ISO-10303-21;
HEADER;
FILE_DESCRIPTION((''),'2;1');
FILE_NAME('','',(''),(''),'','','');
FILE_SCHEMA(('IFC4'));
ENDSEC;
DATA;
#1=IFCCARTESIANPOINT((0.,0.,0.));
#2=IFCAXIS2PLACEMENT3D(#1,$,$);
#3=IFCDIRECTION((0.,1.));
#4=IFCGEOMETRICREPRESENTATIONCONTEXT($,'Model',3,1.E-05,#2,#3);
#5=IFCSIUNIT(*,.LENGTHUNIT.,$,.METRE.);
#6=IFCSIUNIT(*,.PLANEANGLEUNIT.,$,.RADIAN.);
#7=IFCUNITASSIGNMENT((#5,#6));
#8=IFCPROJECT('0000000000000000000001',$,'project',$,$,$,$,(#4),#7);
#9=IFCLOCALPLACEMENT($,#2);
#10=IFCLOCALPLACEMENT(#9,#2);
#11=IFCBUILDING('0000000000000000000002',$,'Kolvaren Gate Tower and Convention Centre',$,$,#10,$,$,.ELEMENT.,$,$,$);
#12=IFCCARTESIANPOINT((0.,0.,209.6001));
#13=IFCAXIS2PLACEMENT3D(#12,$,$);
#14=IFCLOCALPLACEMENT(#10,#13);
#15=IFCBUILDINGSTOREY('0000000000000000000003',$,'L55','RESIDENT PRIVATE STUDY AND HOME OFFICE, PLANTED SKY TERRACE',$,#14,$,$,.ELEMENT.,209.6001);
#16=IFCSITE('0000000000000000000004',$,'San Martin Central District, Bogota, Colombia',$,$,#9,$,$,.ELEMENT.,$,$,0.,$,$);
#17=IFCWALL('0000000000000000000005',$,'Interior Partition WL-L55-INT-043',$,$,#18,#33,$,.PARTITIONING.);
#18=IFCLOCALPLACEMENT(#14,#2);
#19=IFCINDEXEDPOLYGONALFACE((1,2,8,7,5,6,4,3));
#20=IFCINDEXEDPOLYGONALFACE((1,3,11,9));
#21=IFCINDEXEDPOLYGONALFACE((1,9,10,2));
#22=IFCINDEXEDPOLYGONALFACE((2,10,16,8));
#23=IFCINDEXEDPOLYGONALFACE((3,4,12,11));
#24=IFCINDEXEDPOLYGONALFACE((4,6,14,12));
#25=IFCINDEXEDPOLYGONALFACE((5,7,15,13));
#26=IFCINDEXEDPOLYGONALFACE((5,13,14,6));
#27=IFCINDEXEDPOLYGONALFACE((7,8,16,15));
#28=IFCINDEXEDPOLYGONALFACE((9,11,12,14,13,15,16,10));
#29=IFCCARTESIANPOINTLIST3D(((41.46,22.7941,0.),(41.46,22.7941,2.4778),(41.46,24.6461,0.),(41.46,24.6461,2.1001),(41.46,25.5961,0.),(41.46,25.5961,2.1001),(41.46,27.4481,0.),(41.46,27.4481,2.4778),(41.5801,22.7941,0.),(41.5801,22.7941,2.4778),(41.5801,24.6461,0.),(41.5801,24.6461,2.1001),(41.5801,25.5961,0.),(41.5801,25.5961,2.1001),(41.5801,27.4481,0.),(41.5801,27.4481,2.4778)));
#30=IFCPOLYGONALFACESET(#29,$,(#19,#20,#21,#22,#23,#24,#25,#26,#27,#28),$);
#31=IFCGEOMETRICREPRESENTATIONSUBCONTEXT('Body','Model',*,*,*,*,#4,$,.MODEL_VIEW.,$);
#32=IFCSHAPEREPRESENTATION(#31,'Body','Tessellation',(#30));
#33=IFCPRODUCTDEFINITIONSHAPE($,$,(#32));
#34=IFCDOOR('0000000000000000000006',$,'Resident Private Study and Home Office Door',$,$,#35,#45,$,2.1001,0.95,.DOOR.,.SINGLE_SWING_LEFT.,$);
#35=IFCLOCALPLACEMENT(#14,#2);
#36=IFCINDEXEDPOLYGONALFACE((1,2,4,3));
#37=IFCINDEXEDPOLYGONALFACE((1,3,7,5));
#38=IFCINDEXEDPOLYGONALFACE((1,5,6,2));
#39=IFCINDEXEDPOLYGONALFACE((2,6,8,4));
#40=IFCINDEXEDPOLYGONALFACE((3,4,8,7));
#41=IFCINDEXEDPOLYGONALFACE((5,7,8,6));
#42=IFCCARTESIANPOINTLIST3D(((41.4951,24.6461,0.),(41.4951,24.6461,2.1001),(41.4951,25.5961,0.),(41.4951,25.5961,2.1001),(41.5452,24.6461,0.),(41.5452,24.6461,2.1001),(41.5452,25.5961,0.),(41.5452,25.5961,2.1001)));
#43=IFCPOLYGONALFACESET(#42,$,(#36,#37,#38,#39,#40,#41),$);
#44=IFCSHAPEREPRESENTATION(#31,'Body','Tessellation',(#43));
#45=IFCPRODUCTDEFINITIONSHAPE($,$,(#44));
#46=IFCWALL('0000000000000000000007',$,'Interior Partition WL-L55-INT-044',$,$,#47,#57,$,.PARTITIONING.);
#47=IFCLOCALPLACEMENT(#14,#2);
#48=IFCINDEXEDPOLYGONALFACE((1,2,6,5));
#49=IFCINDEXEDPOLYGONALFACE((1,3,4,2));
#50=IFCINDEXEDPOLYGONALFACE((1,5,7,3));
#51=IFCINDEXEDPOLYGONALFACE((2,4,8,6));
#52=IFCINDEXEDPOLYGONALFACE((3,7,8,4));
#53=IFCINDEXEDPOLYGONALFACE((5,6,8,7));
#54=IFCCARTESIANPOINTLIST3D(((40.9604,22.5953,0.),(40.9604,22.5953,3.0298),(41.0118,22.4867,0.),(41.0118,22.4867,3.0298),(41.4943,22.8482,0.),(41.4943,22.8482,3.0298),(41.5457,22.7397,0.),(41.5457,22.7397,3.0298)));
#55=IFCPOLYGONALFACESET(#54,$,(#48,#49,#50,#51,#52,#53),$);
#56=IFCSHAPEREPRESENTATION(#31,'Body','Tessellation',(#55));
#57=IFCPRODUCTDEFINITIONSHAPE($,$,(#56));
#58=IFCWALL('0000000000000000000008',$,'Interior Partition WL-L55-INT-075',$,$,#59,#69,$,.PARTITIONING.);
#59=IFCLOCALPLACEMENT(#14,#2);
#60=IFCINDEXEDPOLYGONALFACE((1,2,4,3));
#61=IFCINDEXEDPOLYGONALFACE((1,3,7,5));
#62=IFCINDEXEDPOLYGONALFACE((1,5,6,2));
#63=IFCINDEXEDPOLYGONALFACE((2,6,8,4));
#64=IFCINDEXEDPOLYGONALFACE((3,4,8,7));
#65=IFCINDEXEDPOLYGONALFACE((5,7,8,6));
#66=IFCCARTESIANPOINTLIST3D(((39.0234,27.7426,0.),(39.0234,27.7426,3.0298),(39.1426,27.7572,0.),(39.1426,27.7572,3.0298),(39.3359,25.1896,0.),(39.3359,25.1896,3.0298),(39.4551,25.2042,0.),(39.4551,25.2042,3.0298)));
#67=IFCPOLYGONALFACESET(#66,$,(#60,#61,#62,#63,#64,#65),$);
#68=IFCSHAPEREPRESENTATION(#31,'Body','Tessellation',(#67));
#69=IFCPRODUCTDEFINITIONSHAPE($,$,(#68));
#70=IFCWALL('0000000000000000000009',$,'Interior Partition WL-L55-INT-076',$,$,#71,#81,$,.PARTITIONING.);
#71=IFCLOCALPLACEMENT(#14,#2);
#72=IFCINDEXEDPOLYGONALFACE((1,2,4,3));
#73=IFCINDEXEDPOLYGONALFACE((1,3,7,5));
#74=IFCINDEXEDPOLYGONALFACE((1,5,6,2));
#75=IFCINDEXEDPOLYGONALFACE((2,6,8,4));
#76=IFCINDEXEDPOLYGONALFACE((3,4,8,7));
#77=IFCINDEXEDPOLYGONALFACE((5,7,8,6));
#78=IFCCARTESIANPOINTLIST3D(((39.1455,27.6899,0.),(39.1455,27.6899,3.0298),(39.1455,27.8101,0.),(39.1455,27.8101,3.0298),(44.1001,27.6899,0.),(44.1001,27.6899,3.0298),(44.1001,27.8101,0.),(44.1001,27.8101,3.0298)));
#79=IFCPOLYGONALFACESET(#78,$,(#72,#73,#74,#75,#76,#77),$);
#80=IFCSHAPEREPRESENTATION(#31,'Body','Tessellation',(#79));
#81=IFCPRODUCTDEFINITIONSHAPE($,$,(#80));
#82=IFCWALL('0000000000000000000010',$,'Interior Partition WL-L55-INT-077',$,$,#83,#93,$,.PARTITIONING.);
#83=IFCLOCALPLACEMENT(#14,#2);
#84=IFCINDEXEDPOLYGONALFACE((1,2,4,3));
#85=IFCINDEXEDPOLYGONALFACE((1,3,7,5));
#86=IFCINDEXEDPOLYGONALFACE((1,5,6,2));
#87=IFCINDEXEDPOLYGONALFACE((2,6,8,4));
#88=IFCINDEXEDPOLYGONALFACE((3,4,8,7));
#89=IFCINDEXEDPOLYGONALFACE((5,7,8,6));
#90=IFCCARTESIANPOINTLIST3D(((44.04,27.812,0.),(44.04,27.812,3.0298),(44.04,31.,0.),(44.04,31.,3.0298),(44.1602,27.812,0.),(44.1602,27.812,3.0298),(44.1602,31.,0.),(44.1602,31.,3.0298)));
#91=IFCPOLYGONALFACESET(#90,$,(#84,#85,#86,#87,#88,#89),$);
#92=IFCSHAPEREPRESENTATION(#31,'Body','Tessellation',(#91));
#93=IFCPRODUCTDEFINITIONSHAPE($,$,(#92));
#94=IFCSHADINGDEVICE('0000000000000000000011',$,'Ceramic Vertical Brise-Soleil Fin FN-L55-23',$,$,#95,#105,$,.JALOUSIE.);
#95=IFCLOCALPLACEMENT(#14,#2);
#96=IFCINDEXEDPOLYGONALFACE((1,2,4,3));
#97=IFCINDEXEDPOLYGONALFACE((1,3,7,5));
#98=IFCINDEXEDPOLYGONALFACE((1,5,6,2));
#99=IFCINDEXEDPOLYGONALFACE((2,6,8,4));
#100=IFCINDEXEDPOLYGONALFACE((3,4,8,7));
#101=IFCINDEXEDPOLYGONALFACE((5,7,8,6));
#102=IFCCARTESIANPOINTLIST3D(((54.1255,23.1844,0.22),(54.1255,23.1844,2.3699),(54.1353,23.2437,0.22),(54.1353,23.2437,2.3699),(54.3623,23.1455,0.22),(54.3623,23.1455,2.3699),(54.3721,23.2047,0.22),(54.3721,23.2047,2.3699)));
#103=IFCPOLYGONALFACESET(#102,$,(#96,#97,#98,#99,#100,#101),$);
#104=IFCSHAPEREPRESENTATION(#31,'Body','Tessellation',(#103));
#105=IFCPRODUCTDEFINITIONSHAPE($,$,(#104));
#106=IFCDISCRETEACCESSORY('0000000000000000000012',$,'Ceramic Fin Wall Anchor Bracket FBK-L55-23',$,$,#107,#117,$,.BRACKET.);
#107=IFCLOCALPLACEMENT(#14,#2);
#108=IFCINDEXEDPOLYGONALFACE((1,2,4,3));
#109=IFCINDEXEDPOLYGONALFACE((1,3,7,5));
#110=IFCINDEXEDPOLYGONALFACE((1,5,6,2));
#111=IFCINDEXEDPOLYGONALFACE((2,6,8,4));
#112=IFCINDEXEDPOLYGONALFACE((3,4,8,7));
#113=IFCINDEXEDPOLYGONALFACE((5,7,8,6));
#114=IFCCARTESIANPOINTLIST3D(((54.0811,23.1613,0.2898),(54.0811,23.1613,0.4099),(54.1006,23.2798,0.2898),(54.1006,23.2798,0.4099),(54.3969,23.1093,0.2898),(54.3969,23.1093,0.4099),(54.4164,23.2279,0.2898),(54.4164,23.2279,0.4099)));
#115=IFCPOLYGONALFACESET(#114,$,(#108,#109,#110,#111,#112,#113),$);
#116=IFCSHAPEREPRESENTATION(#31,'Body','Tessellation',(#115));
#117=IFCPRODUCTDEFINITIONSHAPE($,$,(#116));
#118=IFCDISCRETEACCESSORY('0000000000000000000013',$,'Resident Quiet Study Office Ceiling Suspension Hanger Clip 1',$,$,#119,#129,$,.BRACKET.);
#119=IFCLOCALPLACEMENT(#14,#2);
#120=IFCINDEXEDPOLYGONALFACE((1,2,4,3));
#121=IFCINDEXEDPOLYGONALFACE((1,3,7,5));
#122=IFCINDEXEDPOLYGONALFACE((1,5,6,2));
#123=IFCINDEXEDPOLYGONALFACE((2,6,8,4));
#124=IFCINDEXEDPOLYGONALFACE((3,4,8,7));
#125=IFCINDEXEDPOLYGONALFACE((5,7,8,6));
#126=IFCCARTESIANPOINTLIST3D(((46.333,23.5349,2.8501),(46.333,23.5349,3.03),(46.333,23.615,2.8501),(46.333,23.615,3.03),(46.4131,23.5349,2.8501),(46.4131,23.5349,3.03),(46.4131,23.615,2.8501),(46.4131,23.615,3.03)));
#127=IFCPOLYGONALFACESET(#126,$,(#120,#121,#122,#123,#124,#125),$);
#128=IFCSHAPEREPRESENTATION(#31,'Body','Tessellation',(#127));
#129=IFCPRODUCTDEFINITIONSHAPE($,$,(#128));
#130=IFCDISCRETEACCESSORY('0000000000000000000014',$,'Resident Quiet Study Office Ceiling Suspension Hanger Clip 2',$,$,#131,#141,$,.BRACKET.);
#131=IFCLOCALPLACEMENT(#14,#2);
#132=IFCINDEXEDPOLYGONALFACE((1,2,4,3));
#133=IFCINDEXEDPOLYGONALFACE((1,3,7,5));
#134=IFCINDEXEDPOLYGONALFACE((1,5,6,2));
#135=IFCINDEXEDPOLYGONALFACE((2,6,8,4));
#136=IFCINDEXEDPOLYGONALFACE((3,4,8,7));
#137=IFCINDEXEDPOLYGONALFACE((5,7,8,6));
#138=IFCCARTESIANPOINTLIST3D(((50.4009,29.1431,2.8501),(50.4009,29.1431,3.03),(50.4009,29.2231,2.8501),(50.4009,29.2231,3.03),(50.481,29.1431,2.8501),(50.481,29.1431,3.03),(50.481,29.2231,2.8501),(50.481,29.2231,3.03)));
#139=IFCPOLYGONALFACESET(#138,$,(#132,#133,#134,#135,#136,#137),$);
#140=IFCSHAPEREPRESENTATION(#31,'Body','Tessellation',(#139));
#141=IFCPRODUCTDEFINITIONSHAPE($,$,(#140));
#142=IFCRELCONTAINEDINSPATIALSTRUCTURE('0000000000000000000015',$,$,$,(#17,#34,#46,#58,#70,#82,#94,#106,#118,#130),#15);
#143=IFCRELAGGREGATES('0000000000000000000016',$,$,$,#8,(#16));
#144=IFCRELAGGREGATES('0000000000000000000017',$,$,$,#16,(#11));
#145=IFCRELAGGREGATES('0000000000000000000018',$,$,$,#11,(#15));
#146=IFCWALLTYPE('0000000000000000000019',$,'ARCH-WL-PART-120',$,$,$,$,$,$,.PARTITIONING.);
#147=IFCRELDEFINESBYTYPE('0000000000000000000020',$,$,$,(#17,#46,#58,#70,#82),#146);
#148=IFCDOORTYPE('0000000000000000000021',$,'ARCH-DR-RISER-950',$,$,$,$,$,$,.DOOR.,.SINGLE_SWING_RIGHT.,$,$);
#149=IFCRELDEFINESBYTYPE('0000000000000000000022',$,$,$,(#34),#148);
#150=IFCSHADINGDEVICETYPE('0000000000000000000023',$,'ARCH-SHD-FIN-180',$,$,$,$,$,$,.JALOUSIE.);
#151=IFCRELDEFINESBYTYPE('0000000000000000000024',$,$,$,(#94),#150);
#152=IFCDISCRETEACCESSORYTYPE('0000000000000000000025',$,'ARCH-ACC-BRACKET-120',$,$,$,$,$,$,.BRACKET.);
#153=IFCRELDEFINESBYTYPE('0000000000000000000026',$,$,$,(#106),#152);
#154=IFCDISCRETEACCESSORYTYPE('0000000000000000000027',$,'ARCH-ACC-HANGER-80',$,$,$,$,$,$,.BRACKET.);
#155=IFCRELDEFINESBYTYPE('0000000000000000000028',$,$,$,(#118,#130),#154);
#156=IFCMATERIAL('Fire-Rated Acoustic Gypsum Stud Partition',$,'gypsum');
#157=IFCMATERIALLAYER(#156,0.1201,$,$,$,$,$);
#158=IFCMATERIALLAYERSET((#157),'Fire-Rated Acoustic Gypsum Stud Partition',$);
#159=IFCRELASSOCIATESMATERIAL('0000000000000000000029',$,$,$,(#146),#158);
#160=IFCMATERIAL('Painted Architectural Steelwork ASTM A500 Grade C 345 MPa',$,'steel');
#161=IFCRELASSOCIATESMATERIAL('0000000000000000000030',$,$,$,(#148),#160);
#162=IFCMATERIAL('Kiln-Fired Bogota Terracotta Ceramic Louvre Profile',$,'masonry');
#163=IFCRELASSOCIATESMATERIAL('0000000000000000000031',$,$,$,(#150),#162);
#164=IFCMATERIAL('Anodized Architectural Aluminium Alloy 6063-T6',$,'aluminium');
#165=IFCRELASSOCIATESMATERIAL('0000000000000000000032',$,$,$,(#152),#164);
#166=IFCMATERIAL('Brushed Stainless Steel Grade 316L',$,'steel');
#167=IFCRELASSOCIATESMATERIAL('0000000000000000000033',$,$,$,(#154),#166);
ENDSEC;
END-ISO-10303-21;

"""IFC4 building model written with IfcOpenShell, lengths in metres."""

from ifc_helpers import new_model, si_unit, direction, frame, frame_2d, origin, origin_2d, place, context, subcontext, project, spatial, rectangle, extrude, material, layer, layer_set, type_object, element, fill, save


model = new_model("IFC4")

# Units and contexts
model_context = context("Model", 3, precision=1e-05, world=origin(), true_north=direction((0.0, 1.0)))
body_context = subcontext(model_context, "Body", "Model", "MODEL_VIEW")
ifc_project = project(units=[si_unit("LENGTHUNIT", "METRE"), si_unit("PLANEANGLEUNIT", "RADIAN")], contexts=[model_context])

# Site, building, storey
site_placement = place(None, origin())
site = spatial("IfcSite", under=ifc_project, at=site_placement, Name="San Martin Central District, Bogota, Colombia", CompositionType="ELEMENT", RefElevation=0.0)
building_placement = place(site_placement, origin())
building = spatial("IfcBuilding", under=site, at=building_placement, Name="Kolvaren Gate Tower and Convention Centre", CompositionType="ELEMENT")
storey_placement = place(building_placement, frame((0.0, 0.0, 209.6001)))
storey = spatial("IfcBuildingStorey", under=building, at=storey_placement, Name="L55", Description="RESIDENT PRIVATE STUDY AND HOME OFFICE, PLANTED SKY TERRACE", CompositionType="ELEMENT", Elevation=209.6001)

# Shared definitions
ifc_material_1 = material(Name="Fire-Rated Acoustic Gypsum Stud Partition", Category="gypsum")
ifc_layer = layer(ifc_material_1, 0.1201)
ifc_layer_set = layer_set([ifc_layer], Name="Fire-Rated Acoustic Gypsum Stud Partition")
wall_type = type_object("IfcWallType", Name="ARCH-WL-PART-120", PredefinedType="PARTITIONING", material=ifc_layer_set)

# Wall, opening, door
wall_1_placement = place(storey_placement, frame((41.52, 22.7939, 0.0), z_axis=(0.0, 0.0, 1.0), x_axis=(0.0, 1.0, 0.0)))
wall_1 = element("IfcWall", 1, at=wall_1_placement, inside=storey, type_object=wall_type, Name="Interior Partition WL-L55-INT-043", PredefinedType="PARTITIONING", context=body_context, shape_type="SweptSolid", body=[
    extrude(rectangle(XDim=4.6541, YDim=0.1201, at=frame_2d((2.3271, 0.0))), origin(), (0.0, 0.0, 1.0), 2.4778),
])
opening_placement = place(wall_1_placement, frame((1.8521, 0.0, 0.0)))
opening = element("IfcOpeningElement", 2, at=opening_placement, cuts=wall_1, PredefinedType="OPENING", context=body_context, shape_type="SweptSolid", body=[
    extrude(rectangle(XDim=0.95, YDim=2.1001, at=frame_2d((0.4751, 1.05))), frame((0.0, 0.0701, 0.0), z_axis=(0.0, -1.0, 0.0), x_axis=(1.0, 0.0, 0.0)), (0.0, 0.0, 1.0), 0.1401),
])
ifc_material_2 = material(Name="Painted Architectural Steelwork ASTM A500 Grade C 345 MPa", Category="steel")
door_type = type_object("IfcDoorType", Name="ARCH-DR-RISER-950", OperationType="SINGLE_SWING_RIGHT", PredefinedType="DOOR", material=ifc_material_2)
door_placement = place(opening_placement, origin())
door = element("IfcDoor", 3, at=door_placement, inside=storey, type_object=door_type, Name="Resident Private Study and Home Office Door", OperationType="SINGLE_SWING_LEFT", OverallHeight=2.1001, OverallWidth=0.95, PredefinedType="DOOR", context=body_context, shape_type="SweptSolid", body=[
    extrude(rectangle(XDim=0.95, YDim=2.1001, at=frame_2d((0.4751, 1.05))), frame((0.0, 0.0249, 0.0), z_axis=(0.0, -1.0, 0.0), x_axis=(1.0, 0.0, 0.0)), (0.0, 0.0, 1.0), 0.05),
])
fill(opening, door)

# Walls
wall_2_placement = place(storey_placement, frame((40.9861, 22.541, 0.0), z_axis=(0.0, 0.0, 1.0), x_axis=(0.903729, 0.428104, 0.0)))
element("IfcWall", 4, at=wall_2_placement, inside=storey, type_object=wall_type, Name="Interior Partition WL-L55-INT-044", PredefinedType="PARTITIONING", context=body_context, shape_type="SweptSolid", body=[
    extrude(rectangle(XDim=0.5908, YDim=0.1201, at=frame_2d((0.2954, 0.0))), origin(), (0.0, 0.0, 1.0), 3.0298),
])
wall_3_placement = place(storey_placement, frame((39.083, 27.75, 0.0), z_axis=(0.0, 0.0, 1.0), x_axis=(0.121499, -0.992592, 0.0)))
element("IfcWall", 5, at=wall_3_placement, inside=storey, type_object=wall_type, Name="Interior Partition WL-L55-INT-075", PredefinedType="PARTITIONING", context=body_context, shape_type="SweptSolid", body=[
    extrude(rectangle(XDim=2.572, YDim=0.1201, at=frame_2d((1.2861, 0.0))), origin(), (0.0, 0.0, 1.0), 3.0298),
])
wall_4_placement = place(storey_placement, frame((39.1455, 27.75, 0.0), z_axis=(0.0, 0.0, 1.0), x_axis=(1.0, 0.0, 0.0)))
element("IfcWall", 6, at=wall_4_placement, inside=storey, type_object=wall_type, Name="Interior Partition WL-L55-INT-076", PredefinedType="PARTITIONING", context=body_context, shape_type="SweptSolid", body=[
    extrude(rectangle(XDim=4.9546, YDim=0.1201, at=frame_2d((2.4773, 0.0))), origin(), (0.0, 0.0, 1.0), 3.0298),
])
wall_5_placement = place(storey_placement, frame((44.1001, 27.812, 0.0), z_axis=(0.0, 0.0, 1.0), x_axis=(0.0, 1.0, 0.0)))
element("IfcWall", 7, at=wall_5_placement, inside=storey, type_object=wall_type, Name="Interior Partition WL-L55-INT-077", PredefinedType="PARTITIONING", context=body_context, shape_type="SweptSolid", body=[
    extrude(rectangle(XDim=3.188, YDim=0.1201, at=frame_2d((1.594, 0.0))), origin(), (0.0, 0.0, 1.0), 3.0298),
])

# Shading device
ifc_material_3 = material(Name="Kiln-Fired Bogota Terracotta Ceramic Louvre Profile", Category="masonry")
shading_device_type = type_object("IfcShadingDeviceType", Name="ARCH-SHD-FIN-180", PredefinedType="JALOUSIE", material=ifc_material_3)
shading_device_placement = place(storey_placement, frame((54.2488, 23.1946, 0.22), z_axis=(0.0, 0.0, 1.0), x_axis=(0.162375, 0.986729, 0.0)))
element("IfcShadingDevice", 8, at=shading_device_placement, inside=storey, type_object=shading_device_type, Name="Ceramic Vertical Brise-Soleil Fin FN-L55-23", PredefinedType="JALOUSIE", context=body_context, shape_type="SweptSolid", body=[
    extrude(rectangle(XDim=0.0601, YDim=0.24, at=origin_2d()), origin(), (0.0, 0.0, 1.0), 2.1499),
])

# Discrete accessories
ifc_material_4 = material(Name="Anodized Architectural Aluminium Alloy 6063-T6", Category="aluminium")
discrete_accessory_type_1 = type_object("IfcDiscreteAccessoryType", Name="ARCH-ACC-BRACKET-120", PredefinedType="BRACKET", material=ifc_material_4)
discrete_accessory_placement = place(storey_placement, frame((54.2488, 23.1946, 0.2898), z_axis=(0.0, 0.0, 1.0), x_axis=(0.162375, 0.986729, 0.0)))
element("IfcDiscreteAccessory", 9, at=discrete_accessory_placement, inside=storey, type_object=discrete_accessory_type_1, Name="Ceramic Fin Wall Anchor Bracket FBK-L55-23", PredefinedType="BRACKET", context=body_context, shape_type="SweptSolid", body=[
    extrude(rectangle(XDim=0.1201, YDim=0.3201, at=origin_2d()), origin(), (0.0, 0.0, 1.0), 0.1201),
])
ifc_material_5 = material(Name="Brushed Stainless Steel Grade 316L", Category="steel")
discrete_accessory_type_2 = type_object("IfcDiscreteAccessoryType", Name="ARCH-ACC-HANGER-80", PredefinedType="BRACKET", material=ifc_material_5)
for number, where, z_axis, x_axis, name in (
    (10, (46.373, 23.575, 2.8501), (0.0, 0.0, 1.0), (1.0, 0.0, 0.0), "Resident Quiet Study Office Ceiling Suspension Hanger Clip 1"),
    (11, (50.4409, 29.1831, 2.8501), (0.0, 0.0, 1.0), (1.0, 0.0, 0.0), "Resident Quiet Study Office Ceiling Suspension Hanger Clip 2"),
):
    element("IfcDiscreteAccessory", number, at=place(storey_placement, frame(where, z_axis=z_axis, x_axis=x_axis)), inside=storey, type_object=discrete_accessory_type_2, Name=name, PredefinedType="BRACKET", context=body_context, shape_type="SweptSolid", body=[
        extrude(rectangle(XDim=0.0801, YDim=0.0801, at=origin_2d()), origin(), (0.0, 0.0, 1.0), 0.1799),
    ])

save(model, "model.ifc")
